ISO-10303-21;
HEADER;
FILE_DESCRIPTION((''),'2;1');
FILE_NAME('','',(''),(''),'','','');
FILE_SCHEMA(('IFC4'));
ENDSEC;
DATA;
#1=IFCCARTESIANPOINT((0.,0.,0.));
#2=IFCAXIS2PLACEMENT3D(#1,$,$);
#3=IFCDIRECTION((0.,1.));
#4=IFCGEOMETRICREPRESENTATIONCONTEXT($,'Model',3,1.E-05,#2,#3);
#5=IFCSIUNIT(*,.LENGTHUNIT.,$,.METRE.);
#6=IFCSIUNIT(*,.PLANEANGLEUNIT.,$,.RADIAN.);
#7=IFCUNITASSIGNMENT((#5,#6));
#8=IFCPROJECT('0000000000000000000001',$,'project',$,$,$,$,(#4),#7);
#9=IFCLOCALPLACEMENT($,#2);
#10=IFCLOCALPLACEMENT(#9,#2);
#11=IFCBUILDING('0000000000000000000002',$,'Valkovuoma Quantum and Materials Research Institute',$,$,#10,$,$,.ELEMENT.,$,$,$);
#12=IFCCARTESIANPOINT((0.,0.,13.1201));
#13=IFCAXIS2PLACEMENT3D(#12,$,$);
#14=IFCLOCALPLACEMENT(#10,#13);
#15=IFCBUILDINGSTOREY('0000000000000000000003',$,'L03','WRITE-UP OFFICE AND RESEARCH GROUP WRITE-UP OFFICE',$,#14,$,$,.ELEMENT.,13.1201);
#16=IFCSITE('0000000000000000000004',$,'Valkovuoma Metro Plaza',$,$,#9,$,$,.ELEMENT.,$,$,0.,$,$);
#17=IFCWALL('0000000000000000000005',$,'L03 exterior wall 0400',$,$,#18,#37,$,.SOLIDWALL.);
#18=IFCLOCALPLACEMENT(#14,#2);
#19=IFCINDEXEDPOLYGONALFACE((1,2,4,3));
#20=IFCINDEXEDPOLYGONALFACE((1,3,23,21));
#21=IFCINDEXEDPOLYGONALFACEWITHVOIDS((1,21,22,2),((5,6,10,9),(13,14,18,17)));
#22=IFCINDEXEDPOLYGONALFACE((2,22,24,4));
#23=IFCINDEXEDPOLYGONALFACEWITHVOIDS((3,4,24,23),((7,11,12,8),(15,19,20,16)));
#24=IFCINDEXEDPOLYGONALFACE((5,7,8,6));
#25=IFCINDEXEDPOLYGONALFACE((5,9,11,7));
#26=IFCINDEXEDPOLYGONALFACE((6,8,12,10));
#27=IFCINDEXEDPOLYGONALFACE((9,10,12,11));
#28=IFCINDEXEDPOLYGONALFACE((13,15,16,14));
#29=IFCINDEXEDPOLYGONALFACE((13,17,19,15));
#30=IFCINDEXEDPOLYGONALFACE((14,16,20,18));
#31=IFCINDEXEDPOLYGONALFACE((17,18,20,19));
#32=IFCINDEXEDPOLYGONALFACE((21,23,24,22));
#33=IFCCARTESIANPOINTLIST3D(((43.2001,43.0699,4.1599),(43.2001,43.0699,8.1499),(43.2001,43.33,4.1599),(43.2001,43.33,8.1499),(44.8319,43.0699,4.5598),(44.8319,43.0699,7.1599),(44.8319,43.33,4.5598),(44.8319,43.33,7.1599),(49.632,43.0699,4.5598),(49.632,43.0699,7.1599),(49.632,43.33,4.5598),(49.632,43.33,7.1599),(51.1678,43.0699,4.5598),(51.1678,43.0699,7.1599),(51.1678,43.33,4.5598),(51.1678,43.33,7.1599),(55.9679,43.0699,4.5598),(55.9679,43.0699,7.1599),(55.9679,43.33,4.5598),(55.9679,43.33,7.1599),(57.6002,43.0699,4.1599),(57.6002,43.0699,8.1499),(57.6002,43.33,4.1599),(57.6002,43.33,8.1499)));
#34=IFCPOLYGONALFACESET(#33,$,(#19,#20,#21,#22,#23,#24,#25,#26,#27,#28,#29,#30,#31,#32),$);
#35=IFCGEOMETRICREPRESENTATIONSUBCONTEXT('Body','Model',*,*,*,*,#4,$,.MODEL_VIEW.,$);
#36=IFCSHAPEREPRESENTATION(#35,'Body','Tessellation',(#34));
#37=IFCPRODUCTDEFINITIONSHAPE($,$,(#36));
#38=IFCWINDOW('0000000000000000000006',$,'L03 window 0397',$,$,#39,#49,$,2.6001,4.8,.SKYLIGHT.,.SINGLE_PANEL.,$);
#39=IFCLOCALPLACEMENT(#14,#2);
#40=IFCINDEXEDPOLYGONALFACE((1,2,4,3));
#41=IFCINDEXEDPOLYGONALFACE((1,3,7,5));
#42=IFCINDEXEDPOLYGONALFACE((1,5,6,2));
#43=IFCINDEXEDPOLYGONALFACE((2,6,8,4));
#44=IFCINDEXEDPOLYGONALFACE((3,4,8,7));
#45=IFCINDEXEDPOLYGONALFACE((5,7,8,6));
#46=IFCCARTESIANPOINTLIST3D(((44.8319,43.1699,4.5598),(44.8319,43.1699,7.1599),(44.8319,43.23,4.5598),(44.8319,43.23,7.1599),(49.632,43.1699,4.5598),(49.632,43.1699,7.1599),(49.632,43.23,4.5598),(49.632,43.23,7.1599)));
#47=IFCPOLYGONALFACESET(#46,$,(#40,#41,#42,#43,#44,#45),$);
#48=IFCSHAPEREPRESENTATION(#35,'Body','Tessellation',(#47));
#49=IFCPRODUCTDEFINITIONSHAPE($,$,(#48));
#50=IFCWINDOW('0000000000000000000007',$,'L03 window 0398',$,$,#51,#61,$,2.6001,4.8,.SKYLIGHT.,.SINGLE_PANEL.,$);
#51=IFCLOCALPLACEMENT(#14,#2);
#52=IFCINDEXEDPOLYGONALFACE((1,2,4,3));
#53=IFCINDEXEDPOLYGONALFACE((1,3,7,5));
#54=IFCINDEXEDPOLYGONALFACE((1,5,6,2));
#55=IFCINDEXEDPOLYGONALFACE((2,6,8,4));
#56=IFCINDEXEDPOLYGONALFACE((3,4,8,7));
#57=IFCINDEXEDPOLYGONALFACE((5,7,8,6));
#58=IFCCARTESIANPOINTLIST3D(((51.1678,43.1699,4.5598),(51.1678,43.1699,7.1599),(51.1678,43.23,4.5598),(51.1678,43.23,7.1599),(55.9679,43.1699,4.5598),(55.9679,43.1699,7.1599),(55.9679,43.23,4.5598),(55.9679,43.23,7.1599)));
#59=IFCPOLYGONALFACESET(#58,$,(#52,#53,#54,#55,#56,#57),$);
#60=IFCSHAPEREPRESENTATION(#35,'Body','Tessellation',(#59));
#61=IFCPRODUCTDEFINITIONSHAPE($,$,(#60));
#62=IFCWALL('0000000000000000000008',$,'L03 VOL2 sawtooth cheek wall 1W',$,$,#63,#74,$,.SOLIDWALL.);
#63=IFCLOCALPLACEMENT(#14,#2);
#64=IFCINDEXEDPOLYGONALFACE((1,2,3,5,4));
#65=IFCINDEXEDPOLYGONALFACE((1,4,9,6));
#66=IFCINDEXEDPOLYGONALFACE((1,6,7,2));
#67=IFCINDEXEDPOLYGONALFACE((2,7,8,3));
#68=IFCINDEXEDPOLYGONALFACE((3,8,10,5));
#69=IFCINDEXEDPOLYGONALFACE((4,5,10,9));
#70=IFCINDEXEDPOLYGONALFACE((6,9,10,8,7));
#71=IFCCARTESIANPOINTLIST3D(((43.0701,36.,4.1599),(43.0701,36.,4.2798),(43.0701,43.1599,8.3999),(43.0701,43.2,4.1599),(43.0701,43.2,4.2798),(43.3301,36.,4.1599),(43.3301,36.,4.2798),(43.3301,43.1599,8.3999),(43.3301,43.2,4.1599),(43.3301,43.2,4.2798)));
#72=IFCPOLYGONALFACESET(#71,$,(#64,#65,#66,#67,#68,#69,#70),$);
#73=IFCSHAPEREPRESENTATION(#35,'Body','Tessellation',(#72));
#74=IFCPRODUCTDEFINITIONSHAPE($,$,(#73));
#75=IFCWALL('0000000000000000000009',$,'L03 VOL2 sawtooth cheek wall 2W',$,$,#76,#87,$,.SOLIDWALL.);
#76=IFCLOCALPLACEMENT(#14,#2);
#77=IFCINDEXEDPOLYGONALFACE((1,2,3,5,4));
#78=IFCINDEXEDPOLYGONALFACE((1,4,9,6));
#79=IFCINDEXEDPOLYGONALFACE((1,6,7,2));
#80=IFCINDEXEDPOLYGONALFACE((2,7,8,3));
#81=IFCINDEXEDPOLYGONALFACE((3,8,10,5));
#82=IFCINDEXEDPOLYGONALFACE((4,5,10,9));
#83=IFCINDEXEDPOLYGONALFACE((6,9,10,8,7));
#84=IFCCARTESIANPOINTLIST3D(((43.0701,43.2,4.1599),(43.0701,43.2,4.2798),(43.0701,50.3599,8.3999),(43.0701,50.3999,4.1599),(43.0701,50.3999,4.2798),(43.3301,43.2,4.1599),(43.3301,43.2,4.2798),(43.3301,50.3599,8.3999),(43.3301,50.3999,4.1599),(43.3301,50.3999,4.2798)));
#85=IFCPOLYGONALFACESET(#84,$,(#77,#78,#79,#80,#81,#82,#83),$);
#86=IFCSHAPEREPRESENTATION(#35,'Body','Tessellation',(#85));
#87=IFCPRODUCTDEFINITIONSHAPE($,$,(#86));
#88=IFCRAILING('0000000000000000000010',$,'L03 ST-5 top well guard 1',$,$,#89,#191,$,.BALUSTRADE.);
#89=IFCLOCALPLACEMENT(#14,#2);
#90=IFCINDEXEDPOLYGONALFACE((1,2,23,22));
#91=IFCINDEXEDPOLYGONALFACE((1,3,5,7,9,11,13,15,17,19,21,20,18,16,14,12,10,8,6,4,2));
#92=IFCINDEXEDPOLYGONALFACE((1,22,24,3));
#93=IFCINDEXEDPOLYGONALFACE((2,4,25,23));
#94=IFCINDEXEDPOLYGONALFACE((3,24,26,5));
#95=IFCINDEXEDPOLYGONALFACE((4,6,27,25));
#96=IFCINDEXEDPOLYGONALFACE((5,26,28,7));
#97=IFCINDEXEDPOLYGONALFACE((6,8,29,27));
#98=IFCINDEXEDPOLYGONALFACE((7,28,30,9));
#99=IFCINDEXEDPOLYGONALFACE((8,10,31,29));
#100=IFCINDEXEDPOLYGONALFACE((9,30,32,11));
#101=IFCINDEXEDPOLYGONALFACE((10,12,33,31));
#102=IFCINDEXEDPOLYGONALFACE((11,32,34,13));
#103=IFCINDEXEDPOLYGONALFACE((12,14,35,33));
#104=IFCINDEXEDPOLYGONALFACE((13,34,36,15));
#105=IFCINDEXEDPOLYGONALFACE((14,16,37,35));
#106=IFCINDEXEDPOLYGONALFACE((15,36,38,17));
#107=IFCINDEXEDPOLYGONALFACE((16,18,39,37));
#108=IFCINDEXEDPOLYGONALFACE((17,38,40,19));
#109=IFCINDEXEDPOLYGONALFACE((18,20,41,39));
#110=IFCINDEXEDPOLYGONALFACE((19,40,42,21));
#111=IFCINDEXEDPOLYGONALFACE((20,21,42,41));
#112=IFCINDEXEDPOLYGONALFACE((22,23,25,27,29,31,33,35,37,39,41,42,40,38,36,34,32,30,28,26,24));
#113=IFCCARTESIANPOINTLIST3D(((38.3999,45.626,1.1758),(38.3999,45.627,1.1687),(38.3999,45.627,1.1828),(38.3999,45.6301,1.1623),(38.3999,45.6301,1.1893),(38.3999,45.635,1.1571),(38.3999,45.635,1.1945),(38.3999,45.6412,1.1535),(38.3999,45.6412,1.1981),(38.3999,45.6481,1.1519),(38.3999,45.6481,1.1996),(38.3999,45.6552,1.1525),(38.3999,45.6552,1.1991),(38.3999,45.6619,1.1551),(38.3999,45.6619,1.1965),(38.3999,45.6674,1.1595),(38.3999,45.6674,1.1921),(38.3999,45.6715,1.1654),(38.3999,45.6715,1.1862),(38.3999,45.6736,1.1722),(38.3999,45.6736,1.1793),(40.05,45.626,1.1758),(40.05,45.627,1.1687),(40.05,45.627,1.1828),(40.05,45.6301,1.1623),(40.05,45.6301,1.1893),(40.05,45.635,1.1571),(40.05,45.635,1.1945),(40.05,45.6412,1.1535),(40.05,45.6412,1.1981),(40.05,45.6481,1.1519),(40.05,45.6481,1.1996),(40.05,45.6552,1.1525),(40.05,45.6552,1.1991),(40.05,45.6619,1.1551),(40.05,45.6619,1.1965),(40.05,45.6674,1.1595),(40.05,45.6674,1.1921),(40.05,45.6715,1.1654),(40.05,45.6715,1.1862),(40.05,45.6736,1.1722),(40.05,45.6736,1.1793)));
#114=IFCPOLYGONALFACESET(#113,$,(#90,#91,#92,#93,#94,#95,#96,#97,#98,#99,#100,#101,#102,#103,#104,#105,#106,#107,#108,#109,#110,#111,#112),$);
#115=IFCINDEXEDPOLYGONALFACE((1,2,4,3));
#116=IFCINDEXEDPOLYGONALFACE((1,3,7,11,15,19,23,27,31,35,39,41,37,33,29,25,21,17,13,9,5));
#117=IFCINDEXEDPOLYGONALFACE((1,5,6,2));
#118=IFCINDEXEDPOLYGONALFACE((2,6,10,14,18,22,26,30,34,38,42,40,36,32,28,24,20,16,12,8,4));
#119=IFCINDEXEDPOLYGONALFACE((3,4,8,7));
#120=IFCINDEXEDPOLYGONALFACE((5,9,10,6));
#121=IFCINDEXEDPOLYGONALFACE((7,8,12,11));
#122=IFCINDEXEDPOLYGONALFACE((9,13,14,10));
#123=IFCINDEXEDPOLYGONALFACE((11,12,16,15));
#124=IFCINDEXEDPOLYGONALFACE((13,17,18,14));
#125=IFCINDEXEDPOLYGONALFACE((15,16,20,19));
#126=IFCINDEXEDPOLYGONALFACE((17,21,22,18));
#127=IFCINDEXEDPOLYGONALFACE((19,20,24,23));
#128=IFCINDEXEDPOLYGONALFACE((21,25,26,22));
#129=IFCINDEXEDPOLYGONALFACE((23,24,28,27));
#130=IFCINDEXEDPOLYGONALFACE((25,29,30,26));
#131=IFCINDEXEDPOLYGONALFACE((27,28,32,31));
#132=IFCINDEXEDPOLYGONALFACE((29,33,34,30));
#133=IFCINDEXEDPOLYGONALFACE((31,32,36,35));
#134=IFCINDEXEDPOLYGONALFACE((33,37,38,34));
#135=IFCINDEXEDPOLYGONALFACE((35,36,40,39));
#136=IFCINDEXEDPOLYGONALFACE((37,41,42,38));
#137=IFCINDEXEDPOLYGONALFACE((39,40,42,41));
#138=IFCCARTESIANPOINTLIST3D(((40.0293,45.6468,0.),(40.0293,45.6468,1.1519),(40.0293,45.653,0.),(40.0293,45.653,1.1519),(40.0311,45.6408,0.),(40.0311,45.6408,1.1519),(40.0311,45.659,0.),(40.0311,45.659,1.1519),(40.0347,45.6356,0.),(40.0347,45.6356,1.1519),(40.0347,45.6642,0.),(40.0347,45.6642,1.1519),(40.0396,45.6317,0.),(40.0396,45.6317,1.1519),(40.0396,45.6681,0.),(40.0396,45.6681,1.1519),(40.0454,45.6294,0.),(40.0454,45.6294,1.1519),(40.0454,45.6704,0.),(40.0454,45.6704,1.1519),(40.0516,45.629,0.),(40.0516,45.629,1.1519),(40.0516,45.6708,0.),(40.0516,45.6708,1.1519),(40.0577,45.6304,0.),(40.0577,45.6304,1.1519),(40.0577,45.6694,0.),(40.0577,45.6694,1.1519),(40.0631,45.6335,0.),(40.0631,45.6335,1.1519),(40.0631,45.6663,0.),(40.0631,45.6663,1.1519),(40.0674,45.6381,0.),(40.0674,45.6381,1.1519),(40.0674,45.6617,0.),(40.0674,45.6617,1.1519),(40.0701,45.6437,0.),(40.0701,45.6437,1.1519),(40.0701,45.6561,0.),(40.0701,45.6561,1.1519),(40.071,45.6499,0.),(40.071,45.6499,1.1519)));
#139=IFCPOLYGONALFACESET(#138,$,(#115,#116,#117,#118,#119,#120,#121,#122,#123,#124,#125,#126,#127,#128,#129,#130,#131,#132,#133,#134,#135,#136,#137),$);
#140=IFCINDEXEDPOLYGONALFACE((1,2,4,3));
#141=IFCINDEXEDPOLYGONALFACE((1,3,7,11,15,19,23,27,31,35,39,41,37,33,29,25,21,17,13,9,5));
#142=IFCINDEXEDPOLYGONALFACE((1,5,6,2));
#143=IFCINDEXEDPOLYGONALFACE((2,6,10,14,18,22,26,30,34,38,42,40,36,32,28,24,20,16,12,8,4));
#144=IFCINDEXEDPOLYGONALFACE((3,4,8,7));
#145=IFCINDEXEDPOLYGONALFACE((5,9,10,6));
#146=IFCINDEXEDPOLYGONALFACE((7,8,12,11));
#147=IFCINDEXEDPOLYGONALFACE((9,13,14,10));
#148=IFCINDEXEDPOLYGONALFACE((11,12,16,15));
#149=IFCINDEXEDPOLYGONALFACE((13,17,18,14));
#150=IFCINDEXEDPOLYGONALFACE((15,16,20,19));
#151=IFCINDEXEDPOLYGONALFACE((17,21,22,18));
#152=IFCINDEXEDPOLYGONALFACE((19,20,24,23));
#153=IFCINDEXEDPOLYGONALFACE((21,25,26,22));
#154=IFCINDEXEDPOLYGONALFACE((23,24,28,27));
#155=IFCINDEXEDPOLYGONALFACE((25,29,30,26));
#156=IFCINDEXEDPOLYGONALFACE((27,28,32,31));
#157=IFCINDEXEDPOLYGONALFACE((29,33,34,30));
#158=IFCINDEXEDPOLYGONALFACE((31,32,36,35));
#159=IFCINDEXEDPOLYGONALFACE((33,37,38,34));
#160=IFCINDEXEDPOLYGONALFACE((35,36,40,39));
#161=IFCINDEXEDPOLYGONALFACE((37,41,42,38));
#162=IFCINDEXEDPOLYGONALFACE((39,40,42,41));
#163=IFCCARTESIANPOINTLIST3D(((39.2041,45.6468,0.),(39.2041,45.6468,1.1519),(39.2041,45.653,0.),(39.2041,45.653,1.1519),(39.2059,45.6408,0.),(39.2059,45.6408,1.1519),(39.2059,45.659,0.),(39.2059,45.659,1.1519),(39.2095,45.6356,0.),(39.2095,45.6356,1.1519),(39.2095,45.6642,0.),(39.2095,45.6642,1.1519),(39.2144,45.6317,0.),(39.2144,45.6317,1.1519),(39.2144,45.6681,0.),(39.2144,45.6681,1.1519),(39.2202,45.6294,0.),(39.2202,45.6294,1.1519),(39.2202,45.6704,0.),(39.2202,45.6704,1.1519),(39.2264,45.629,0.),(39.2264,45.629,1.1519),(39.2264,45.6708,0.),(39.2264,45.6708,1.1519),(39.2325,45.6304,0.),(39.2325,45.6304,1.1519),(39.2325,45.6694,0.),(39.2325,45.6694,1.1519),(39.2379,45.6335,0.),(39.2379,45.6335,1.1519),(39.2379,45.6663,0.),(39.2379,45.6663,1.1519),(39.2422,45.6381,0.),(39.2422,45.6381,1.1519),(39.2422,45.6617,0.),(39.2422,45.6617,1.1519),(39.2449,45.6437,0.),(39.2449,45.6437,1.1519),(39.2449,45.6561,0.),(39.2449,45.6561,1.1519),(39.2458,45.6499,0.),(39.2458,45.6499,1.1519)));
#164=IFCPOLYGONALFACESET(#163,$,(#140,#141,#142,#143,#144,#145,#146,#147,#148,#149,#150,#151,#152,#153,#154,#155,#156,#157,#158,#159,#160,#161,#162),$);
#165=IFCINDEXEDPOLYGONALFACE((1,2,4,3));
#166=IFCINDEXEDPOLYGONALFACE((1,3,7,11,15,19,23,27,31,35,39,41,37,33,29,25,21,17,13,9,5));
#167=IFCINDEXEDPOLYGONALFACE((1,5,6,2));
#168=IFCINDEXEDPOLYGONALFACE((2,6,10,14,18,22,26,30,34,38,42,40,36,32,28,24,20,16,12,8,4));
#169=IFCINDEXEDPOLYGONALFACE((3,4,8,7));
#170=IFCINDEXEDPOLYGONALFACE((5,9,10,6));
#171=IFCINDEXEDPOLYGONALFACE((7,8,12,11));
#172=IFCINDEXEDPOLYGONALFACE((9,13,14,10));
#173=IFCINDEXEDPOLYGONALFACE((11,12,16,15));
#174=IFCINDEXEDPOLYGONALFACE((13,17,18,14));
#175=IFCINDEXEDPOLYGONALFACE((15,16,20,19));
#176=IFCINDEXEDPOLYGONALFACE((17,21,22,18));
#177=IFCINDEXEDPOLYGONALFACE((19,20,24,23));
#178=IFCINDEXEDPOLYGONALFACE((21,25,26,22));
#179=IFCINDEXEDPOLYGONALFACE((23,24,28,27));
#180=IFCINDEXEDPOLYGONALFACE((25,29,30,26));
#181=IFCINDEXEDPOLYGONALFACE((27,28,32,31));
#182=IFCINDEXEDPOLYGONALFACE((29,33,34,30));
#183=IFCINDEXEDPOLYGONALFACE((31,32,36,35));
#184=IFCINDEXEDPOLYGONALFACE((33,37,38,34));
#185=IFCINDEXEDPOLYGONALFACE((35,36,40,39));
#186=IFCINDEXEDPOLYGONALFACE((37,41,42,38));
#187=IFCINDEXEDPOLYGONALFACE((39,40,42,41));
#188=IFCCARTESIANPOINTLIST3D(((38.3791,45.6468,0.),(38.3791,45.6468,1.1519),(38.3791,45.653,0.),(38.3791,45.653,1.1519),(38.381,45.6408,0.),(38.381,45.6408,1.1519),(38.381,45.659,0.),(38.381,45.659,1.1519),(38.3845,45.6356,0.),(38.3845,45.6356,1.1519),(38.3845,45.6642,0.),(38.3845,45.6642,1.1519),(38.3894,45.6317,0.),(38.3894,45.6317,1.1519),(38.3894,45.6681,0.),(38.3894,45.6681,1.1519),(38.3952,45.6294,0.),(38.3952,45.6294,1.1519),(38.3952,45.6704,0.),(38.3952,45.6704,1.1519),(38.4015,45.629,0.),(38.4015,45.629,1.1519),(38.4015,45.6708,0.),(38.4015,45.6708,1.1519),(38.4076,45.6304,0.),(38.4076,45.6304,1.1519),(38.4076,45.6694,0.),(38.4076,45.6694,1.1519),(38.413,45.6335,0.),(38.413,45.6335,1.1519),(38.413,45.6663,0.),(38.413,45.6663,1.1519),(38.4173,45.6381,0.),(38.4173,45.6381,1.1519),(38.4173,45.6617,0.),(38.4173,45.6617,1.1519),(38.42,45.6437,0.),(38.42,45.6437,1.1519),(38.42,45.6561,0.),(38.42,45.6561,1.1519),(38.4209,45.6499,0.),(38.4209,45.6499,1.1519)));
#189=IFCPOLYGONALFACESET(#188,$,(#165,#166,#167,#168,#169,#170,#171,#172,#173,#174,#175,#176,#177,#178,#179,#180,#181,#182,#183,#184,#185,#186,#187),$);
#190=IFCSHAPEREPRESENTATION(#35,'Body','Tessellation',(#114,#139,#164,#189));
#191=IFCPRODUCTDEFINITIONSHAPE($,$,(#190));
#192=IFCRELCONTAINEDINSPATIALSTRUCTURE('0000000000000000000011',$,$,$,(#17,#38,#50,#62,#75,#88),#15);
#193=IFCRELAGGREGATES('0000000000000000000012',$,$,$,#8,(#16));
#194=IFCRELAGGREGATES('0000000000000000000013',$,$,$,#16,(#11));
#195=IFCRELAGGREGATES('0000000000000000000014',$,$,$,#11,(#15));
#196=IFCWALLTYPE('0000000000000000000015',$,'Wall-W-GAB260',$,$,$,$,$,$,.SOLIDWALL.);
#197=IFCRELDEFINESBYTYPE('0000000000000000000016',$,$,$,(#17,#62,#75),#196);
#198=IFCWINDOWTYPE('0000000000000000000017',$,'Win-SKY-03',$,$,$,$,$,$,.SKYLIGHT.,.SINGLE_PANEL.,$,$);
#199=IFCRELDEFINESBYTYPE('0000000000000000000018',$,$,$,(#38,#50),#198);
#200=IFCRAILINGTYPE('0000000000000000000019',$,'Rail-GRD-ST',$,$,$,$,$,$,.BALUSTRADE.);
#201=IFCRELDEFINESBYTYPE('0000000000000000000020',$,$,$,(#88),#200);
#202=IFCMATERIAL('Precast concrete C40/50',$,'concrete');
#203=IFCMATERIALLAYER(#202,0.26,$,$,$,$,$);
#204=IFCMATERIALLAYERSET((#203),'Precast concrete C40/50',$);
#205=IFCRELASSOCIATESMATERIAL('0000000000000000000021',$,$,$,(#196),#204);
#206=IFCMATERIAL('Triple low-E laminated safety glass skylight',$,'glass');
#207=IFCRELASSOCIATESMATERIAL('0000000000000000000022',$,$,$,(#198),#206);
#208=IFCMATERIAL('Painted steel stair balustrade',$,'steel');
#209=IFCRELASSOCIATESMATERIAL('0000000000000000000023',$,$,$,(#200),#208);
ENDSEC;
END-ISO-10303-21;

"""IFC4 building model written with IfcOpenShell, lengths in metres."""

from ifc_helpers import new_model, si_unit, direction, frame, frame_2d, origin, origin_2d, place, context, subcontext, project, spatial, polyline, rectangle, circle, outline, extrude, material, layer, layer_set, type_object, element, fill, save


model = new_model("IFC4")

# Units and contexts
model_context = context("Model", 3, precision=1e-05, world=origin(), true_north=direction((0.0, 1.0)))
body_context = subcontext(model_context, "Body", "Model", "MODEL_VIEW")
ifc_project = project(units=[si_unit("LENGTHUNIT", "METRE"), si_unit("PLANEANGLEUNIT", "RADIAN")], contexts=[model_context])

# Site, building, storey
site_placement = place(None, origin())
site = spatial("IfcSite", under=ifc_project, at=site_placement, Name="Valkovuoma Metro Plaza", CompositionType="ELEMENT", RefElevation=0.0)
building_placement = place(site_placement, origin())
building = spatial("IfcBuilding", under=site, at=building_placement, Name="Valkovuoma Quantum and Materials Research Institute", CompositionType="ELEMENT")
storey_placement = place(building_placement, frame((0.0, 0.0, 13.1201)))
storey = spatial("IfcBuildingStorey", under=building, at=storey_placement, Name="L03", Description="WRITE-UP OFFICE AND RESEARCH GROUP WRITE-UP OFFICE", CompositionType="ELEMENT", Elevation=13.1201)

# Wall, openings, windows
ifc_material_1 = material(Name="Precast concrete C40/50", Category="concrete")
ifc_layer_1 = layer(ifc_material_1, 0.26)
ifc_layer_set_1 = layer_set([ifc_layer_1], Name="Precast concrete C40/50")
wall_type = type_object("IfcWallType", Name="Wall-W-GAB260", PredefinedType="SOLIDWALL", material=ifc_layer_set_1)
wall_placement = place(storey_placement, frame((43.2, 43.2, 4.1599), z_axis=(0.0, 0.0, 1.0), x_axis=(1.0, 0.0, 0.0)))
wall = element("IfcWall", 1, at=wall_placement, inside=storey, type_object=wall_type, Name="L03 exterior wall 0400", PredefinedType="SOLIDWALL", context=body_context, shape_type="SweptSolid", body=[
    extrude(rectangle(XDim=14.4001, YDim=0.26, at=frame_2d((7.2002, 0.0))), origin(), (0.0, 0.0, 1.0), 3.99),
])
opening_1_placement = place(wall_placement, frame((1.6321, 0.0, 0.3999)))
opening_1 = element("IfcOpeningElement", 2, at=opening_1_placement, cuts=wall, PredefinedType="OPENING", context=body_context, shape_type="SweptSolid", body=[
    extrude(rectangle(XDim=4.8, YDim=2.6001, at=frame_2d((2.3999, 1.3))), frame((0.0, 0.1401, 0.0), z_axis=(0.0, -1.0, 0.0), x_axis=(1.0, 0.0, 0.0)), (0.0, 0.0, 1.0), 0.28),
])
opening_2_placement = place(wall_placement, frame((7.968, 0.0, 0.3999)))
opening_2 = element("IfcOpeningElement", 3, at=opening_2_placement, cuts=wall, PredefinedType="OPENING", context=body_context, shape_type="SweptSolid", body=[
    extrude(rectangle(XDim=4.8, YDim=2.6001, at=frame_2d((2.3999, 1.3))), frame((0.0, 0.1401, 0.0), z_axis=(0.0, -1.0, 0.0), x_axis=(1.0, 0.0, 0.0)), (0.0, 0.0, 1.0), 0.28),
])
ifc_material_2 = material(Name="Triple low-E laminated safety glass skylight", Category="glass")
window_type = type_object("IfcWindowType", Name="Win-SKY-03", PartitioningType="SINGLE_PANEL", PredefinedType="SKYLIGHT", material=ifc_material_2)
window_1_placement = place(opening_1_placement, origin())
window_1 = element("IfcWindow", 4, at=window_1_placement, inside=storey, type_object=window_type, Name="L03 window 0397", OverallHeight=2.6001, OverallWidth=4.8, PartitioningType="SINGLE_PANEL", PredefinedType="SKYLIGHT", context=body_context, shape_type="SweptSolid", body=[
    extrude(rectangle(XDim=4.8, YDim=2.6001, at=frame_2d((2.3999, 1.3))), frame((0.0, 0.03, 0.0), z_axis=(0.0, -1.0, 0.0), x_axis=(1.0, 0.0, 0.0)), (0.0, 0.0, 1.0), 0.0601),
])
fill(opening_1, window_1)
window_2_placement = place(opening_2_placement, origin())
window_2 = element("IfcWindow", 5, at=window_2_placement, inside=storey, type_object=window_type, Name="L03 window 0398", OverallHeight=2.6001, OverallWidth=4.8, PartitioningType="SINGLE_PANEL", PredefinedType="SKYLIGHT", context=body_context, shape_type="SweptSolid", body=[
    extrude(rectangle(XDim=4.8, YDim=2.6001, at=frame_2d((2.3999, 1.3))), frame((0.0, 0.03, 0.0), z_axis=(0.0, -1.0, 0.0), x_axis=(1.0, 0.0, 0.0)), (0.0, 0.0, 1.0), 0.0601),
])
fill(opening_2, window_2)

# Walls
for number, where, z_axis, x_axis, name in (
    (6, (43.2, 36.0, 4.1599), (0.0, 0.0, 1.0), (0.0, 1.0, 0.0), "L03 VOL2 sawtooth cheek wall 1W"),
    (7, (43.2, 43.2, 4.1599), (0.0, 0.0, 1.0), (0.0, 1.0, 0.0), "L03 VOL2 sawtooth cheek wall 2W"),
):
    element("IfcWall", number, at=place(storey_placement, frame(where, z_axis=z_axis, x_axis=x_axis)), inside=storey, type_object=wall_type, Name=name, PredefinedType="SOLIDWALL", context=body_context, shape_type="SweptSolid", body=[
        extrude(outline(polyline([(0.0, 0.0), (7.2, 0.0), (7.2, 0.1199), (7.1599, 4.24), (0.0, 0.1199), (0.0, 0.0)])), frame((0.0, 0.1299, 0.0), z_axis=(0.0, -1.0, 0.0), x_axis=(1.0, 0.0, 0.0)), (0.0, 0.0, 1.0), 0.26),
    ])

# Railing
ifc_material_3 = material(Name="Painted steel stair balustrade", Category="steel")
railing_type = type_object("IfcRailingType", Name="Rail-GRD-ST", PredefinedType="BALUSTRADE", material=ifc_material_3)
railing_1_placement = place(storey_placement, frame((40.05, 45.6499, 0.0)))
element("IfcRailing", 8, at=railing_1_placement, inside=storey, type_object=railing_type, Name="L03 ST-5 top well guard 1", PredefinedType="BALUSTRADE", context=body_context, shape_type="SweptSolid", body=[
    extrude(circle(Radius=0.0239, at=origin_2d()), frame((0.0, 0.0, 1.1758), z_axis=(-1.0, 0.0, 0.0), x_axis=(0.0, -1.0, 0.0)), (0.0, 0.0, 1.0), 1.6501),
    extrude(circle(Radius=0.021, at=origin_2d()), origin(), (0.0, 0.0, 1.0), 1.1519),
    extrude(circle(Radius=0.021, at=origin_2d()), frame((-0.8252, 0.0, 0.0)), (0.0, 0.0, 1.0), 1.1519),
    extrude(circle(Radius=0.021, at=origin_2d()), frame((-1.6501, 0.0, 0.0)), (0.0, 0.0, 1.0), 1.1519),
])

save(model, "model.ifc")
